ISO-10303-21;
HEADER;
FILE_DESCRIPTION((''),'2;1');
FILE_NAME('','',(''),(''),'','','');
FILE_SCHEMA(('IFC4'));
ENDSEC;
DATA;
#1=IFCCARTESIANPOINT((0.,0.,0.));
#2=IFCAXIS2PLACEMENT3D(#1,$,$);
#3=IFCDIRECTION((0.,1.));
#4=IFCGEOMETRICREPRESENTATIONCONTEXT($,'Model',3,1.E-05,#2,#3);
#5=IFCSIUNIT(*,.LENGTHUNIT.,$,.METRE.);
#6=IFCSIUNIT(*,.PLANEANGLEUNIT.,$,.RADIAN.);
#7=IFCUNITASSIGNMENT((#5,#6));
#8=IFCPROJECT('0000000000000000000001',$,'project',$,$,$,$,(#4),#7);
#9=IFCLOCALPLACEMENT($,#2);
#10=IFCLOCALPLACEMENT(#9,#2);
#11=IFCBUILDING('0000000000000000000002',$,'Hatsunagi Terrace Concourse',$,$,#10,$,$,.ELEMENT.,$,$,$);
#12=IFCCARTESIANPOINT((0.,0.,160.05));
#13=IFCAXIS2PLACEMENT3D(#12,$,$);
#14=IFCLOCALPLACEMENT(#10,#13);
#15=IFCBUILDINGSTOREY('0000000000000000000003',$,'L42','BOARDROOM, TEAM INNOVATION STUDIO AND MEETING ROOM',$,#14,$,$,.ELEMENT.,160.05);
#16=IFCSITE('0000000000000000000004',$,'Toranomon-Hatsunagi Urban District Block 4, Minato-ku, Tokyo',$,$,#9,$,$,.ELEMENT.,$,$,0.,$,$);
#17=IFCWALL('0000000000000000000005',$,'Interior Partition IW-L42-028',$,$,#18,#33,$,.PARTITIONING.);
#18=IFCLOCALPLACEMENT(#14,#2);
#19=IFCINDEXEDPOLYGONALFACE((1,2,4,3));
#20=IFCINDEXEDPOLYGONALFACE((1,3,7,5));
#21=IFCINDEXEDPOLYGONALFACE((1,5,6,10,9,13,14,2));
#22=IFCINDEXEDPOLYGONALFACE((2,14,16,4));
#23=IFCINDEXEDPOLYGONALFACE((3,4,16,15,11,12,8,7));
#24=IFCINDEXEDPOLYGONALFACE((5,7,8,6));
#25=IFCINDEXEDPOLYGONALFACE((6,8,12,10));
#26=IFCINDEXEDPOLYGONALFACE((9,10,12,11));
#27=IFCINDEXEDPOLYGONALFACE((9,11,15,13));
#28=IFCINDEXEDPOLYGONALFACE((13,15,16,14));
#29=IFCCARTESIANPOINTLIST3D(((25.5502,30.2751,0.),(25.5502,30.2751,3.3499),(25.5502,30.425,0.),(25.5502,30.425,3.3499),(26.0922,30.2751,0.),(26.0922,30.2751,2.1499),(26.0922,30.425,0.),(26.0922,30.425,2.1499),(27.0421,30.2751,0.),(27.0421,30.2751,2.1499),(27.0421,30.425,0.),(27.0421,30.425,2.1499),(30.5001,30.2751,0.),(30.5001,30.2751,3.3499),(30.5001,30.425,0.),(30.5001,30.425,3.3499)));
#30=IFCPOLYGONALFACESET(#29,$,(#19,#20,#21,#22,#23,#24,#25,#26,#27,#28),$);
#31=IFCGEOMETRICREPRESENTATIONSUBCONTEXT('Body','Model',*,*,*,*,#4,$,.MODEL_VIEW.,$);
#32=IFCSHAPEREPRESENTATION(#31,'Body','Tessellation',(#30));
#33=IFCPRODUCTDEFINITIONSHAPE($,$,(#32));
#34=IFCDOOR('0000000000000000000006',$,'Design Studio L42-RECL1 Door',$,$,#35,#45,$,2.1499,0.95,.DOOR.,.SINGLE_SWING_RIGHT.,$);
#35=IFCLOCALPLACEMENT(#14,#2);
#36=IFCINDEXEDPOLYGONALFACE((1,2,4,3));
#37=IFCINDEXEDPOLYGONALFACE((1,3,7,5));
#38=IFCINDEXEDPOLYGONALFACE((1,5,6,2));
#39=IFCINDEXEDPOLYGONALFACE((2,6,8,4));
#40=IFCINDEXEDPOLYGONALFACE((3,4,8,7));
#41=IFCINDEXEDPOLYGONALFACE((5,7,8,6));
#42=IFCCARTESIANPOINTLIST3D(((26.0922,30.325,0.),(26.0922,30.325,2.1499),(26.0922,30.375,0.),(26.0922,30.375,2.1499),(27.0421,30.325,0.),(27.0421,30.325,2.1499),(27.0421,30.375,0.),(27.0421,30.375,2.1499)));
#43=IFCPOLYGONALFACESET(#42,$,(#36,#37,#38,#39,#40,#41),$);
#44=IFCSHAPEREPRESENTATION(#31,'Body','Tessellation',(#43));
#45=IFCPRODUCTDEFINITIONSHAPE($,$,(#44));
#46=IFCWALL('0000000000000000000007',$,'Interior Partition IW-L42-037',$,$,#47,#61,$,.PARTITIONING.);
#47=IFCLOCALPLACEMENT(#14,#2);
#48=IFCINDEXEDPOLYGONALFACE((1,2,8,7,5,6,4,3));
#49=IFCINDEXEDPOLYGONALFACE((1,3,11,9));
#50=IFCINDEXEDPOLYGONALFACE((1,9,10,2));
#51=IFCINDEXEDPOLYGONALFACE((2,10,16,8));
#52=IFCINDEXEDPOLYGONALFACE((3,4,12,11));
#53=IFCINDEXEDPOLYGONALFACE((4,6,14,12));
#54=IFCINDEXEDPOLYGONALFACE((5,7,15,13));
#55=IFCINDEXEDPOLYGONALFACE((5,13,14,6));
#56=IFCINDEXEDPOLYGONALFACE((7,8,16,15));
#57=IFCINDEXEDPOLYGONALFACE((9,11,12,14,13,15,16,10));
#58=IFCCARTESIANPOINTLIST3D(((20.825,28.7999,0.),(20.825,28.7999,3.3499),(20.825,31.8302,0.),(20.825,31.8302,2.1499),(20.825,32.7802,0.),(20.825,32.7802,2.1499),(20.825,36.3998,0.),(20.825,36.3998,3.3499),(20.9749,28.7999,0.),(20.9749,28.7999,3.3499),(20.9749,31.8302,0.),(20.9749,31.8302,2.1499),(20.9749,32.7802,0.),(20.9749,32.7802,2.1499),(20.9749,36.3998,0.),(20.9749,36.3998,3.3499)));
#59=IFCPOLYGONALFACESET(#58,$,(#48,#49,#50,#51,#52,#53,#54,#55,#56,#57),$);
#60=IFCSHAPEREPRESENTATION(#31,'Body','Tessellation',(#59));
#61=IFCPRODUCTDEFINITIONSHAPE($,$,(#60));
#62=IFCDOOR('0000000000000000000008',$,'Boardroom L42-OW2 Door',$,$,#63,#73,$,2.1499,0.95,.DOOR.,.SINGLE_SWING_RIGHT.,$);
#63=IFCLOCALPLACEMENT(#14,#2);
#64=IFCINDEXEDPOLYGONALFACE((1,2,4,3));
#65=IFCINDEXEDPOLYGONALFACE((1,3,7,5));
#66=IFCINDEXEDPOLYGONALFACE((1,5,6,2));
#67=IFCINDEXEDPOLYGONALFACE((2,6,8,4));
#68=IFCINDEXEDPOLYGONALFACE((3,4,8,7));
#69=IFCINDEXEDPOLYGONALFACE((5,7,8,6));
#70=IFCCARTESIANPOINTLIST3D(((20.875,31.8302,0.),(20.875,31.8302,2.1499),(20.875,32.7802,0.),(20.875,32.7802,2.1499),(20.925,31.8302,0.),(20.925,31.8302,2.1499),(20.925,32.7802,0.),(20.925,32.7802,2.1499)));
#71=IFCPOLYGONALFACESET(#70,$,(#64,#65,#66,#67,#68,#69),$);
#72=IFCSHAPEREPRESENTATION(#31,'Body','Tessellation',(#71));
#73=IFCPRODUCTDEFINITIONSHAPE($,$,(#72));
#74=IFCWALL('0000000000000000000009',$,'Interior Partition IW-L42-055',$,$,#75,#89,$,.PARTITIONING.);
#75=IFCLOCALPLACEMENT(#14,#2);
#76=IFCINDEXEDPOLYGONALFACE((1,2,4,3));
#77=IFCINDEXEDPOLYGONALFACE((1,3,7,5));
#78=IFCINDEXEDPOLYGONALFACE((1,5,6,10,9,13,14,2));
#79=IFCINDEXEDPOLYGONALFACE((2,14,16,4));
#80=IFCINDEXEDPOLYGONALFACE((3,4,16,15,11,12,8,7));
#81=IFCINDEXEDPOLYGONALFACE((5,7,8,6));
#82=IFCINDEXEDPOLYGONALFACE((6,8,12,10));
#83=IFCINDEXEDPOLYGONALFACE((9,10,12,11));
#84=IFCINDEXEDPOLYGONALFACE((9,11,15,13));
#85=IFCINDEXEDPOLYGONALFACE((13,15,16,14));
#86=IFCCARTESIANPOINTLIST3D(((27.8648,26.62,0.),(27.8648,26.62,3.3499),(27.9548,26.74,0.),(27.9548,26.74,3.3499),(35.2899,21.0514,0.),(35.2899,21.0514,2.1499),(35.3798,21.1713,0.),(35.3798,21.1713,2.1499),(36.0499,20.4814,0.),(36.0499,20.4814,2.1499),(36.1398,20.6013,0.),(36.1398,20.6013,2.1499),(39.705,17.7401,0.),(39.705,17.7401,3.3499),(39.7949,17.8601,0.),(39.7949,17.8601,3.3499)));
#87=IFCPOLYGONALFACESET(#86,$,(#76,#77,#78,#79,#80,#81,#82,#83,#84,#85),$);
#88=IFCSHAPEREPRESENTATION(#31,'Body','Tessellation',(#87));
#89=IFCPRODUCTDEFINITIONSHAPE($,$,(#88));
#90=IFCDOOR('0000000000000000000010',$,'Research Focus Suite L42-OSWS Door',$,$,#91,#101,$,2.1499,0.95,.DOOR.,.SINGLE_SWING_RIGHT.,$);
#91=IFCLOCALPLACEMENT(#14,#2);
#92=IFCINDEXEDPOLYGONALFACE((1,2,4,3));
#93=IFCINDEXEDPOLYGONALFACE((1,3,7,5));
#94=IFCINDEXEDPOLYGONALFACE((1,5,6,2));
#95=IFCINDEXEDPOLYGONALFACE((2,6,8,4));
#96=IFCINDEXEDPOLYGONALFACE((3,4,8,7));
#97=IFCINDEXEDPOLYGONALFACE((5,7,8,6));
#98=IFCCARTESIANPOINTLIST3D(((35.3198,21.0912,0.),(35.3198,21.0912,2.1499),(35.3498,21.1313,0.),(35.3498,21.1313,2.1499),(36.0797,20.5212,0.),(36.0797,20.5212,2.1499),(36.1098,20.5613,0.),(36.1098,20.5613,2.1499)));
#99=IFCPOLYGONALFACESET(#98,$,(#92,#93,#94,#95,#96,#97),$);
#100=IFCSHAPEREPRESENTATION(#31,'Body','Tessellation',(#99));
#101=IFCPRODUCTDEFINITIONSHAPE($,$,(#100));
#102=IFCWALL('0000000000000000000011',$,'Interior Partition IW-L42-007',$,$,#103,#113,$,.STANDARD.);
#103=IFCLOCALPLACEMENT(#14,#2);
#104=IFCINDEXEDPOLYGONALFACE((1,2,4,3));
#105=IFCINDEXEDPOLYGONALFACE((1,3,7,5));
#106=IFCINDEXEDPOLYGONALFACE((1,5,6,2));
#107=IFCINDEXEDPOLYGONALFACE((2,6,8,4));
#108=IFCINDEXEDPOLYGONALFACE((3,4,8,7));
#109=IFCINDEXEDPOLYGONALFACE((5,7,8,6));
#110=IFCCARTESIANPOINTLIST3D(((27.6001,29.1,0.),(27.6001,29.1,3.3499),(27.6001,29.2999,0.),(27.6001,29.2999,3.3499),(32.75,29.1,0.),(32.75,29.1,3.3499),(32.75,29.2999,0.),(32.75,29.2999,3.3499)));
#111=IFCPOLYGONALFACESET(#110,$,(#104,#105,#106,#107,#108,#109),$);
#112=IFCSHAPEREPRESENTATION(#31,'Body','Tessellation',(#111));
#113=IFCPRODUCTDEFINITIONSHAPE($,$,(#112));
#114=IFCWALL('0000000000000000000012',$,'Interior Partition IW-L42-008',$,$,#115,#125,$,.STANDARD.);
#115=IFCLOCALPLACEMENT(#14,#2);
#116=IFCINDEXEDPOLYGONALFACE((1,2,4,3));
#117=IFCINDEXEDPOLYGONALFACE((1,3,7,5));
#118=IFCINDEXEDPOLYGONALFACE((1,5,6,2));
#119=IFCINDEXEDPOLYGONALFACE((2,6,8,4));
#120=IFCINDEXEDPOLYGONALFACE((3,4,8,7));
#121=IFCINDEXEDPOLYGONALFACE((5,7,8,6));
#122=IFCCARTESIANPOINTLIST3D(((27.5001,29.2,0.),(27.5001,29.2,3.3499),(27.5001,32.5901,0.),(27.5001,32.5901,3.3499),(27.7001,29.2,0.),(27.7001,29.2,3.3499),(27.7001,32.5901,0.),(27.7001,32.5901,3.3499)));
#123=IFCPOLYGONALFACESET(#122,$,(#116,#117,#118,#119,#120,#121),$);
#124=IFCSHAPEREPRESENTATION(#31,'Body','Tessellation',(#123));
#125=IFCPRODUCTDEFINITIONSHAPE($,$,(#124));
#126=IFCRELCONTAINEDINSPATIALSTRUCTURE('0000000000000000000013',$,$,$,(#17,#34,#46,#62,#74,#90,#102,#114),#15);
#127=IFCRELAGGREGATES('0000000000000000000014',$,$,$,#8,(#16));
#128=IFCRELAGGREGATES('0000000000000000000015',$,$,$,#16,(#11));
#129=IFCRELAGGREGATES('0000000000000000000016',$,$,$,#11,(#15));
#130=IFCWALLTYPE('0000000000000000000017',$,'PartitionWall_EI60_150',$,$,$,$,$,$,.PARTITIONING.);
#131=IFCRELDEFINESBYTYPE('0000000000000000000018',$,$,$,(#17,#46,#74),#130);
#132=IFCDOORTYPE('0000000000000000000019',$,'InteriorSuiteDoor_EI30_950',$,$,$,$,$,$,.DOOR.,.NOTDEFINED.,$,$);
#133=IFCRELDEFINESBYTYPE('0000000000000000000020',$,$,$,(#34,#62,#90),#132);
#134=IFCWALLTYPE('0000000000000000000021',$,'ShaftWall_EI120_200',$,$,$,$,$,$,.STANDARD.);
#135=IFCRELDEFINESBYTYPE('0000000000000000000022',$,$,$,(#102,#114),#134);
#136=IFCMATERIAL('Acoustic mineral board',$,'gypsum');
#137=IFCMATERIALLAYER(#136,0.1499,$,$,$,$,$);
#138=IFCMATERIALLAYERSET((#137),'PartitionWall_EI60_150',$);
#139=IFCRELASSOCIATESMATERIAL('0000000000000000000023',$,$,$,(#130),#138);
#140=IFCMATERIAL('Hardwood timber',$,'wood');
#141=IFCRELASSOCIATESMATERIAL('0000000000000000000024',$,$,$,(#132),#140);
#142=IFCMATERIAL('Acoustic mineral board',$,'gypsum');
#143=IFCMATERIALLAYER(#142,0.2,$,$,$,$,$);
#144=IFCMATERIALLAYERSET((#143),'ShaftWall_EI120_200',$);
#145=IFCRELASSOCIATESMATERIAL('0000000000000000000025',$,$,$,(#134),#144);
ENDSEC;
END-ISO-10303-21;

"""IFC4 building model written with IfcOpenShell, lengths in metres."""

from ifc_helpers import new_model, si_unit, direction, frame, frame_2d, origin, place, context, subcontext, project, spatial, rectangle, extrude, material, layer, layer_set, type_object, element, fill, save


model = new_model("IFC4")

# Units and contexts
model_context = context("Model", 3, precision=1e-05, world=origin(), true_north=direction((0.0, 1.0)))
body_context = subcontext(model_context, "Body", "Model", "MODEL_VIEW")
ifc_project = project(units=[si_unit("LENGTHUNIT", "METRE"), si_unit("PLANEANGLEUNIT", "RADIAN")], contexts=[model_context])

# Site, building, storey
site_placement = place(None, origin())
site = spatial("IfcSite", under=ifc_project, at=site_placement, Name="Toranomon-Hatsunagi Urban District Block 4, Minato-ku, Tokyo", CompositionType="ELEMENT", RefElevation=0.0)
building_placement = place(site_placement, origin())
building = spatial("IfcBuilding", under=site, at=building_placement, Name="Hatsunagi Terrace Concourse", CompositionType="ELEMENT")
storey_placement = place(building_placement, frame((0.0, 0.0, 160.05)))
storey = spatial("IfcBuildingStorey", under=building, at=storey_placement, Name="L42", Description="BOARDROOM, TEAM INNOVATION STUDIO AND MEETING ROOM", CompositionType="ELEMENT", Elevation=160.05)

# Walls, openings, doors
ifc_material_1 = material(Name="Acoustic mineral board", Category="gypsum")
ifc_layer_1 = layer(ifc_material_1, 0.1499)
ifc_layer_set_1 = layer_set([ifc_layer_1], Name="PartitionWall_EI60_150")
wall_type_1 = type_object("IfcWallType", Name="PartitionWall_EI60_150", PredefinedType="PARTITIONING", material=ifc_layer_set_1)
wall_1_placement = place(storey_placement, frame((25.55, 30.3501, 0.0), z_axis=(0.0, 0.0, 1.0), x_axis=(1.0, 0.0, 0.0)))
wall_1 = element("IfcWall", 1, at=wall_1_placement, inside=storey, type_object=wall_type_1, Name="Interior Partition IW-L42-028", PredefinedType="PARTITIONING", context=body_context, shape_type="SweptSolid", body=[
    extrude(rectangle(XDim=4.95, YDim=0.1499, at=frame_2d((2.4751, 0.0))), origin(), (0.0, 0.0, 1.0), 3.3499),
])
opening_1_placement = place(wall_1_placement, frame((0.542, 0.0, 0.0)))
opening_1 = element("IfcOpeningElement", 2, at=opening_1_placement, cuts=wall_1, PredefinedType="OPENING", context=body_context, shape_type="SweptSolid", body=[
    extrude(rectangle(XDim=0.95, YDim=2.1499, at=frame_2d((0.4751, 1.075))), frame((0.0, 0.085, 0.0), z_axis=(0.0, -1.0, 0.0), x_axis=(1.0, 0.0, 0.0)), (0.0, 0.0, 1.0), 0.1699),
])
ifc_material_2 = material(Name="Hardwood timber", Category="wood")
door_type_1 = type_object("IfcDoorType", Name="InteriorSuiteDoor_EI30_950", OperationType="NOTDEFINED", PredefinedType="DOOR", material=ifc_material_2)
door_1_placement = place(opening_1_placement, origin())
door_1 = element("IfcDoor", 3, at=door_1_placement, inside=storey, type_object=door_type_1, Name="Design Studio L42-RECL1 Door", OperationType="SINGLE_SWING_RIGHT", OverallHeight=2.1499, OverallWidth=0.95, PredefinedType="DOOR", context=body_context, shape_type="SweptSolid", body=[
    extrude(rectangle(XDim=0.95, YDim=2.1499, at=frame_2d((0.4751, 1.075))), frame((0.0, 0.0249, 0.0), z_axis=(0.0, -1.0, 0.0), x_axis=(1.0, 0.0, 0.0)), (0.0, 0.0, 1.0), 0.05),
])
fill(opening_1, door_1)
wall_2_placement = place(storey_placement, frame((20.8999, 28.8, 0.0), z_axis=(0.0, 0.0, 1.0), x_axis=(0.0, 1.0, 0.0)))
wall_2 = element("IfcWall", 4, at=wall_2_placement, inside=storey, type_object=wall_type_1, Name="Interior Partition IW-L42-037", PredefinedType="PARTITIONING", context=body_context, shape_type="SweptSolid", body=[
    extrude(rectangle(XDim=7.5999, YDim=0.1499, at=frame_2d((3.7998, 0.0))), origin(), (0.0, 0.0, 1.0), 3.3499),
])
opening_2_placement = place(wall_2_placement, frame((3.03, 0.0, 0.0)))
opening_2 = element("IfcOpeningElement", 5, at=opening_2_placement, cuts=wall_2, PredefinedType="OPENING", context=body_context, shape_type="SweptSolid", body=[
    extrude(rectangle(XDim=0.95, YDim=2.1499, at=frame_2d((0.4751, 1.075))), frame((0.0, 0.085, 0.0), z_axis=(0.0, -1.0, 0.0), x_axis=(1.0, 0.0, 0.0)), (0.0, 0.0, 1.0), 0.1699),
])
door_2_placement = place(opening_2_placement, origin())
door_2 = element("IfcDoor", 6, at=door_2_placement, inside=storey, type_object=door_type_1, Name="Boardroom L42-OW2 Door", OperationType="SINGLE_SWING_RIGHT", OverallHeight=2.1499, OverallWidth=0.95, PredefinedType="DOOR", context=body_context, shape_type="SweptSolid", body=[
    extrude(rectangle(XDim=0.95, YDim=2.1499, at=frame_2d((0.4751, 1.075))), frame((0.0, 0.0249, 0.0), z_axis=(0.0, -1.0, 0.0), x_axis=(1.0, 0.0, 0.0)), (0.0, 0.0, 1.0), 0.05),
])
fill(opening_2, door_2)
wall_3_placement = place(storey_placement, frame((27.9099, 26.6799, 0.0), z_axis=(0.0, 0.0, 1.0), x_axis=(0.800006, -0.599992, 0.0)))
wall_3 = element("IfcWall", 7, at=wall_3_placement, inside=storey, type_object=wall_type_1, Name="Interior Partition IW-L42-055", PredefinedType="PARTITIONING", context=body_context, shape_type="SweptSolid", body=[
    extrude(rectangle(XDim=14.8, YDim=0.1499, at=frame_2d((7.3999, 0.0))), origin(), (0.0, 0.0, 1.0), 3.3499),
])
opening_3_placement = place(wall_3_placement, frame((9.281, 0.0, 0.0)))
opening_3 = element("IfcOpeningElement", 8, at=opening_3_placement, cuts=wall_3, PredefinedType="OPENING", context=body_context, shape_type="SweptSolid", body=[
    extrude(rectangle(XDim=0.95, YDim=2.1499, at=frame_2d((0.4751, 1.075))), frame((0.0, 0.085, 0.0), z_axis=(0.0, -1.0, 0.0), x_axis=(1.0, 0.0, 0.0)), (0.0, 0.0, 1.0), 0.1699),
])
door_3_placement = place(opening_3_placement, origin())
door_3 = element("IfcDoor", 9, at=door_3_placement, inside=storey, type_object=door_type_1, Name="Research Focus Suite L42-OSWS Door", OperationType="SINGLE_SWING_RIGHT", OverallHeight=2.1499, OverallWidth=0.95, PredefinedType="DOOR", context=body_context, shape_type="SweptSolid", body=[
    extrude(rectangle(XDim=0.95, YDim=2.1499, at=frame_2d((0.4751, 1.075))), frame((0.0, 0.0249, 0.0), z_axis=(0.0, -1.0, 0.0), x_axis=(1.0, 0.0, 0.0)), (0.0, 0.0, 1.0), 0.05),
])
fill(opening_3, door_3)

# Walls
ifc_material_3 = material(Name="Acoustic mineral board", Category="gypsum")
ifc_layer_2 = layer(ifc_material_3, 0.2)
ifc_layer_set_2 = layer_set([ifc_layer_2], Name="ShaftWall_EI120_200")
wall_type_2 = type_object("IfcWallType", Name="ShaftWall_EI120_200", PredefinedType="STANDARD", material=ifc_layer_set_2)
wall_4_placement = place(storey_placement, frame((27.6001, 29.2, 0.0), z_axis=(0.0, 0.0, 1.0), x_axis=(1.0, 0.0, 0.0)))
element("IfcWall", 10, at=wall_4_placement, inside=storey, type_object=wall_type_2, Name="Interior Partition IW-L42-007", PredefinedType="STANDARD", context=body_context, shape_type="SweptSolid", body=[
    extrude(rectangle(XDim=5.1499, YDim=0.2, at=frame_2d((2.575, 0.0))), origin(), (0.0, 0.0, 1.0), 3.3499),
])
wall_5_placement = place(storey_placement, frame((27.6001, 29.2, 0.0), z_axis=(0.0, 0.0, 1.0), x_axis=(0.0, 1.0, 0.0)))
element("IfcWall", 11, at=wall_5_placement, inside=storey, type_object=wall_type_2, Name="Interior Partition IW-L42-008", PredefinedType="STANDARD", context=body_context, shape_type="SweptSolid", body=[
    extrude(rectangle(XDim=3.3901, YDim=0.2, at=frame_2d((1.6951, 0.0))), origin(), (0.0, 0.0, 1.0), 3.3499),
])

save(model, "model.ifc")
